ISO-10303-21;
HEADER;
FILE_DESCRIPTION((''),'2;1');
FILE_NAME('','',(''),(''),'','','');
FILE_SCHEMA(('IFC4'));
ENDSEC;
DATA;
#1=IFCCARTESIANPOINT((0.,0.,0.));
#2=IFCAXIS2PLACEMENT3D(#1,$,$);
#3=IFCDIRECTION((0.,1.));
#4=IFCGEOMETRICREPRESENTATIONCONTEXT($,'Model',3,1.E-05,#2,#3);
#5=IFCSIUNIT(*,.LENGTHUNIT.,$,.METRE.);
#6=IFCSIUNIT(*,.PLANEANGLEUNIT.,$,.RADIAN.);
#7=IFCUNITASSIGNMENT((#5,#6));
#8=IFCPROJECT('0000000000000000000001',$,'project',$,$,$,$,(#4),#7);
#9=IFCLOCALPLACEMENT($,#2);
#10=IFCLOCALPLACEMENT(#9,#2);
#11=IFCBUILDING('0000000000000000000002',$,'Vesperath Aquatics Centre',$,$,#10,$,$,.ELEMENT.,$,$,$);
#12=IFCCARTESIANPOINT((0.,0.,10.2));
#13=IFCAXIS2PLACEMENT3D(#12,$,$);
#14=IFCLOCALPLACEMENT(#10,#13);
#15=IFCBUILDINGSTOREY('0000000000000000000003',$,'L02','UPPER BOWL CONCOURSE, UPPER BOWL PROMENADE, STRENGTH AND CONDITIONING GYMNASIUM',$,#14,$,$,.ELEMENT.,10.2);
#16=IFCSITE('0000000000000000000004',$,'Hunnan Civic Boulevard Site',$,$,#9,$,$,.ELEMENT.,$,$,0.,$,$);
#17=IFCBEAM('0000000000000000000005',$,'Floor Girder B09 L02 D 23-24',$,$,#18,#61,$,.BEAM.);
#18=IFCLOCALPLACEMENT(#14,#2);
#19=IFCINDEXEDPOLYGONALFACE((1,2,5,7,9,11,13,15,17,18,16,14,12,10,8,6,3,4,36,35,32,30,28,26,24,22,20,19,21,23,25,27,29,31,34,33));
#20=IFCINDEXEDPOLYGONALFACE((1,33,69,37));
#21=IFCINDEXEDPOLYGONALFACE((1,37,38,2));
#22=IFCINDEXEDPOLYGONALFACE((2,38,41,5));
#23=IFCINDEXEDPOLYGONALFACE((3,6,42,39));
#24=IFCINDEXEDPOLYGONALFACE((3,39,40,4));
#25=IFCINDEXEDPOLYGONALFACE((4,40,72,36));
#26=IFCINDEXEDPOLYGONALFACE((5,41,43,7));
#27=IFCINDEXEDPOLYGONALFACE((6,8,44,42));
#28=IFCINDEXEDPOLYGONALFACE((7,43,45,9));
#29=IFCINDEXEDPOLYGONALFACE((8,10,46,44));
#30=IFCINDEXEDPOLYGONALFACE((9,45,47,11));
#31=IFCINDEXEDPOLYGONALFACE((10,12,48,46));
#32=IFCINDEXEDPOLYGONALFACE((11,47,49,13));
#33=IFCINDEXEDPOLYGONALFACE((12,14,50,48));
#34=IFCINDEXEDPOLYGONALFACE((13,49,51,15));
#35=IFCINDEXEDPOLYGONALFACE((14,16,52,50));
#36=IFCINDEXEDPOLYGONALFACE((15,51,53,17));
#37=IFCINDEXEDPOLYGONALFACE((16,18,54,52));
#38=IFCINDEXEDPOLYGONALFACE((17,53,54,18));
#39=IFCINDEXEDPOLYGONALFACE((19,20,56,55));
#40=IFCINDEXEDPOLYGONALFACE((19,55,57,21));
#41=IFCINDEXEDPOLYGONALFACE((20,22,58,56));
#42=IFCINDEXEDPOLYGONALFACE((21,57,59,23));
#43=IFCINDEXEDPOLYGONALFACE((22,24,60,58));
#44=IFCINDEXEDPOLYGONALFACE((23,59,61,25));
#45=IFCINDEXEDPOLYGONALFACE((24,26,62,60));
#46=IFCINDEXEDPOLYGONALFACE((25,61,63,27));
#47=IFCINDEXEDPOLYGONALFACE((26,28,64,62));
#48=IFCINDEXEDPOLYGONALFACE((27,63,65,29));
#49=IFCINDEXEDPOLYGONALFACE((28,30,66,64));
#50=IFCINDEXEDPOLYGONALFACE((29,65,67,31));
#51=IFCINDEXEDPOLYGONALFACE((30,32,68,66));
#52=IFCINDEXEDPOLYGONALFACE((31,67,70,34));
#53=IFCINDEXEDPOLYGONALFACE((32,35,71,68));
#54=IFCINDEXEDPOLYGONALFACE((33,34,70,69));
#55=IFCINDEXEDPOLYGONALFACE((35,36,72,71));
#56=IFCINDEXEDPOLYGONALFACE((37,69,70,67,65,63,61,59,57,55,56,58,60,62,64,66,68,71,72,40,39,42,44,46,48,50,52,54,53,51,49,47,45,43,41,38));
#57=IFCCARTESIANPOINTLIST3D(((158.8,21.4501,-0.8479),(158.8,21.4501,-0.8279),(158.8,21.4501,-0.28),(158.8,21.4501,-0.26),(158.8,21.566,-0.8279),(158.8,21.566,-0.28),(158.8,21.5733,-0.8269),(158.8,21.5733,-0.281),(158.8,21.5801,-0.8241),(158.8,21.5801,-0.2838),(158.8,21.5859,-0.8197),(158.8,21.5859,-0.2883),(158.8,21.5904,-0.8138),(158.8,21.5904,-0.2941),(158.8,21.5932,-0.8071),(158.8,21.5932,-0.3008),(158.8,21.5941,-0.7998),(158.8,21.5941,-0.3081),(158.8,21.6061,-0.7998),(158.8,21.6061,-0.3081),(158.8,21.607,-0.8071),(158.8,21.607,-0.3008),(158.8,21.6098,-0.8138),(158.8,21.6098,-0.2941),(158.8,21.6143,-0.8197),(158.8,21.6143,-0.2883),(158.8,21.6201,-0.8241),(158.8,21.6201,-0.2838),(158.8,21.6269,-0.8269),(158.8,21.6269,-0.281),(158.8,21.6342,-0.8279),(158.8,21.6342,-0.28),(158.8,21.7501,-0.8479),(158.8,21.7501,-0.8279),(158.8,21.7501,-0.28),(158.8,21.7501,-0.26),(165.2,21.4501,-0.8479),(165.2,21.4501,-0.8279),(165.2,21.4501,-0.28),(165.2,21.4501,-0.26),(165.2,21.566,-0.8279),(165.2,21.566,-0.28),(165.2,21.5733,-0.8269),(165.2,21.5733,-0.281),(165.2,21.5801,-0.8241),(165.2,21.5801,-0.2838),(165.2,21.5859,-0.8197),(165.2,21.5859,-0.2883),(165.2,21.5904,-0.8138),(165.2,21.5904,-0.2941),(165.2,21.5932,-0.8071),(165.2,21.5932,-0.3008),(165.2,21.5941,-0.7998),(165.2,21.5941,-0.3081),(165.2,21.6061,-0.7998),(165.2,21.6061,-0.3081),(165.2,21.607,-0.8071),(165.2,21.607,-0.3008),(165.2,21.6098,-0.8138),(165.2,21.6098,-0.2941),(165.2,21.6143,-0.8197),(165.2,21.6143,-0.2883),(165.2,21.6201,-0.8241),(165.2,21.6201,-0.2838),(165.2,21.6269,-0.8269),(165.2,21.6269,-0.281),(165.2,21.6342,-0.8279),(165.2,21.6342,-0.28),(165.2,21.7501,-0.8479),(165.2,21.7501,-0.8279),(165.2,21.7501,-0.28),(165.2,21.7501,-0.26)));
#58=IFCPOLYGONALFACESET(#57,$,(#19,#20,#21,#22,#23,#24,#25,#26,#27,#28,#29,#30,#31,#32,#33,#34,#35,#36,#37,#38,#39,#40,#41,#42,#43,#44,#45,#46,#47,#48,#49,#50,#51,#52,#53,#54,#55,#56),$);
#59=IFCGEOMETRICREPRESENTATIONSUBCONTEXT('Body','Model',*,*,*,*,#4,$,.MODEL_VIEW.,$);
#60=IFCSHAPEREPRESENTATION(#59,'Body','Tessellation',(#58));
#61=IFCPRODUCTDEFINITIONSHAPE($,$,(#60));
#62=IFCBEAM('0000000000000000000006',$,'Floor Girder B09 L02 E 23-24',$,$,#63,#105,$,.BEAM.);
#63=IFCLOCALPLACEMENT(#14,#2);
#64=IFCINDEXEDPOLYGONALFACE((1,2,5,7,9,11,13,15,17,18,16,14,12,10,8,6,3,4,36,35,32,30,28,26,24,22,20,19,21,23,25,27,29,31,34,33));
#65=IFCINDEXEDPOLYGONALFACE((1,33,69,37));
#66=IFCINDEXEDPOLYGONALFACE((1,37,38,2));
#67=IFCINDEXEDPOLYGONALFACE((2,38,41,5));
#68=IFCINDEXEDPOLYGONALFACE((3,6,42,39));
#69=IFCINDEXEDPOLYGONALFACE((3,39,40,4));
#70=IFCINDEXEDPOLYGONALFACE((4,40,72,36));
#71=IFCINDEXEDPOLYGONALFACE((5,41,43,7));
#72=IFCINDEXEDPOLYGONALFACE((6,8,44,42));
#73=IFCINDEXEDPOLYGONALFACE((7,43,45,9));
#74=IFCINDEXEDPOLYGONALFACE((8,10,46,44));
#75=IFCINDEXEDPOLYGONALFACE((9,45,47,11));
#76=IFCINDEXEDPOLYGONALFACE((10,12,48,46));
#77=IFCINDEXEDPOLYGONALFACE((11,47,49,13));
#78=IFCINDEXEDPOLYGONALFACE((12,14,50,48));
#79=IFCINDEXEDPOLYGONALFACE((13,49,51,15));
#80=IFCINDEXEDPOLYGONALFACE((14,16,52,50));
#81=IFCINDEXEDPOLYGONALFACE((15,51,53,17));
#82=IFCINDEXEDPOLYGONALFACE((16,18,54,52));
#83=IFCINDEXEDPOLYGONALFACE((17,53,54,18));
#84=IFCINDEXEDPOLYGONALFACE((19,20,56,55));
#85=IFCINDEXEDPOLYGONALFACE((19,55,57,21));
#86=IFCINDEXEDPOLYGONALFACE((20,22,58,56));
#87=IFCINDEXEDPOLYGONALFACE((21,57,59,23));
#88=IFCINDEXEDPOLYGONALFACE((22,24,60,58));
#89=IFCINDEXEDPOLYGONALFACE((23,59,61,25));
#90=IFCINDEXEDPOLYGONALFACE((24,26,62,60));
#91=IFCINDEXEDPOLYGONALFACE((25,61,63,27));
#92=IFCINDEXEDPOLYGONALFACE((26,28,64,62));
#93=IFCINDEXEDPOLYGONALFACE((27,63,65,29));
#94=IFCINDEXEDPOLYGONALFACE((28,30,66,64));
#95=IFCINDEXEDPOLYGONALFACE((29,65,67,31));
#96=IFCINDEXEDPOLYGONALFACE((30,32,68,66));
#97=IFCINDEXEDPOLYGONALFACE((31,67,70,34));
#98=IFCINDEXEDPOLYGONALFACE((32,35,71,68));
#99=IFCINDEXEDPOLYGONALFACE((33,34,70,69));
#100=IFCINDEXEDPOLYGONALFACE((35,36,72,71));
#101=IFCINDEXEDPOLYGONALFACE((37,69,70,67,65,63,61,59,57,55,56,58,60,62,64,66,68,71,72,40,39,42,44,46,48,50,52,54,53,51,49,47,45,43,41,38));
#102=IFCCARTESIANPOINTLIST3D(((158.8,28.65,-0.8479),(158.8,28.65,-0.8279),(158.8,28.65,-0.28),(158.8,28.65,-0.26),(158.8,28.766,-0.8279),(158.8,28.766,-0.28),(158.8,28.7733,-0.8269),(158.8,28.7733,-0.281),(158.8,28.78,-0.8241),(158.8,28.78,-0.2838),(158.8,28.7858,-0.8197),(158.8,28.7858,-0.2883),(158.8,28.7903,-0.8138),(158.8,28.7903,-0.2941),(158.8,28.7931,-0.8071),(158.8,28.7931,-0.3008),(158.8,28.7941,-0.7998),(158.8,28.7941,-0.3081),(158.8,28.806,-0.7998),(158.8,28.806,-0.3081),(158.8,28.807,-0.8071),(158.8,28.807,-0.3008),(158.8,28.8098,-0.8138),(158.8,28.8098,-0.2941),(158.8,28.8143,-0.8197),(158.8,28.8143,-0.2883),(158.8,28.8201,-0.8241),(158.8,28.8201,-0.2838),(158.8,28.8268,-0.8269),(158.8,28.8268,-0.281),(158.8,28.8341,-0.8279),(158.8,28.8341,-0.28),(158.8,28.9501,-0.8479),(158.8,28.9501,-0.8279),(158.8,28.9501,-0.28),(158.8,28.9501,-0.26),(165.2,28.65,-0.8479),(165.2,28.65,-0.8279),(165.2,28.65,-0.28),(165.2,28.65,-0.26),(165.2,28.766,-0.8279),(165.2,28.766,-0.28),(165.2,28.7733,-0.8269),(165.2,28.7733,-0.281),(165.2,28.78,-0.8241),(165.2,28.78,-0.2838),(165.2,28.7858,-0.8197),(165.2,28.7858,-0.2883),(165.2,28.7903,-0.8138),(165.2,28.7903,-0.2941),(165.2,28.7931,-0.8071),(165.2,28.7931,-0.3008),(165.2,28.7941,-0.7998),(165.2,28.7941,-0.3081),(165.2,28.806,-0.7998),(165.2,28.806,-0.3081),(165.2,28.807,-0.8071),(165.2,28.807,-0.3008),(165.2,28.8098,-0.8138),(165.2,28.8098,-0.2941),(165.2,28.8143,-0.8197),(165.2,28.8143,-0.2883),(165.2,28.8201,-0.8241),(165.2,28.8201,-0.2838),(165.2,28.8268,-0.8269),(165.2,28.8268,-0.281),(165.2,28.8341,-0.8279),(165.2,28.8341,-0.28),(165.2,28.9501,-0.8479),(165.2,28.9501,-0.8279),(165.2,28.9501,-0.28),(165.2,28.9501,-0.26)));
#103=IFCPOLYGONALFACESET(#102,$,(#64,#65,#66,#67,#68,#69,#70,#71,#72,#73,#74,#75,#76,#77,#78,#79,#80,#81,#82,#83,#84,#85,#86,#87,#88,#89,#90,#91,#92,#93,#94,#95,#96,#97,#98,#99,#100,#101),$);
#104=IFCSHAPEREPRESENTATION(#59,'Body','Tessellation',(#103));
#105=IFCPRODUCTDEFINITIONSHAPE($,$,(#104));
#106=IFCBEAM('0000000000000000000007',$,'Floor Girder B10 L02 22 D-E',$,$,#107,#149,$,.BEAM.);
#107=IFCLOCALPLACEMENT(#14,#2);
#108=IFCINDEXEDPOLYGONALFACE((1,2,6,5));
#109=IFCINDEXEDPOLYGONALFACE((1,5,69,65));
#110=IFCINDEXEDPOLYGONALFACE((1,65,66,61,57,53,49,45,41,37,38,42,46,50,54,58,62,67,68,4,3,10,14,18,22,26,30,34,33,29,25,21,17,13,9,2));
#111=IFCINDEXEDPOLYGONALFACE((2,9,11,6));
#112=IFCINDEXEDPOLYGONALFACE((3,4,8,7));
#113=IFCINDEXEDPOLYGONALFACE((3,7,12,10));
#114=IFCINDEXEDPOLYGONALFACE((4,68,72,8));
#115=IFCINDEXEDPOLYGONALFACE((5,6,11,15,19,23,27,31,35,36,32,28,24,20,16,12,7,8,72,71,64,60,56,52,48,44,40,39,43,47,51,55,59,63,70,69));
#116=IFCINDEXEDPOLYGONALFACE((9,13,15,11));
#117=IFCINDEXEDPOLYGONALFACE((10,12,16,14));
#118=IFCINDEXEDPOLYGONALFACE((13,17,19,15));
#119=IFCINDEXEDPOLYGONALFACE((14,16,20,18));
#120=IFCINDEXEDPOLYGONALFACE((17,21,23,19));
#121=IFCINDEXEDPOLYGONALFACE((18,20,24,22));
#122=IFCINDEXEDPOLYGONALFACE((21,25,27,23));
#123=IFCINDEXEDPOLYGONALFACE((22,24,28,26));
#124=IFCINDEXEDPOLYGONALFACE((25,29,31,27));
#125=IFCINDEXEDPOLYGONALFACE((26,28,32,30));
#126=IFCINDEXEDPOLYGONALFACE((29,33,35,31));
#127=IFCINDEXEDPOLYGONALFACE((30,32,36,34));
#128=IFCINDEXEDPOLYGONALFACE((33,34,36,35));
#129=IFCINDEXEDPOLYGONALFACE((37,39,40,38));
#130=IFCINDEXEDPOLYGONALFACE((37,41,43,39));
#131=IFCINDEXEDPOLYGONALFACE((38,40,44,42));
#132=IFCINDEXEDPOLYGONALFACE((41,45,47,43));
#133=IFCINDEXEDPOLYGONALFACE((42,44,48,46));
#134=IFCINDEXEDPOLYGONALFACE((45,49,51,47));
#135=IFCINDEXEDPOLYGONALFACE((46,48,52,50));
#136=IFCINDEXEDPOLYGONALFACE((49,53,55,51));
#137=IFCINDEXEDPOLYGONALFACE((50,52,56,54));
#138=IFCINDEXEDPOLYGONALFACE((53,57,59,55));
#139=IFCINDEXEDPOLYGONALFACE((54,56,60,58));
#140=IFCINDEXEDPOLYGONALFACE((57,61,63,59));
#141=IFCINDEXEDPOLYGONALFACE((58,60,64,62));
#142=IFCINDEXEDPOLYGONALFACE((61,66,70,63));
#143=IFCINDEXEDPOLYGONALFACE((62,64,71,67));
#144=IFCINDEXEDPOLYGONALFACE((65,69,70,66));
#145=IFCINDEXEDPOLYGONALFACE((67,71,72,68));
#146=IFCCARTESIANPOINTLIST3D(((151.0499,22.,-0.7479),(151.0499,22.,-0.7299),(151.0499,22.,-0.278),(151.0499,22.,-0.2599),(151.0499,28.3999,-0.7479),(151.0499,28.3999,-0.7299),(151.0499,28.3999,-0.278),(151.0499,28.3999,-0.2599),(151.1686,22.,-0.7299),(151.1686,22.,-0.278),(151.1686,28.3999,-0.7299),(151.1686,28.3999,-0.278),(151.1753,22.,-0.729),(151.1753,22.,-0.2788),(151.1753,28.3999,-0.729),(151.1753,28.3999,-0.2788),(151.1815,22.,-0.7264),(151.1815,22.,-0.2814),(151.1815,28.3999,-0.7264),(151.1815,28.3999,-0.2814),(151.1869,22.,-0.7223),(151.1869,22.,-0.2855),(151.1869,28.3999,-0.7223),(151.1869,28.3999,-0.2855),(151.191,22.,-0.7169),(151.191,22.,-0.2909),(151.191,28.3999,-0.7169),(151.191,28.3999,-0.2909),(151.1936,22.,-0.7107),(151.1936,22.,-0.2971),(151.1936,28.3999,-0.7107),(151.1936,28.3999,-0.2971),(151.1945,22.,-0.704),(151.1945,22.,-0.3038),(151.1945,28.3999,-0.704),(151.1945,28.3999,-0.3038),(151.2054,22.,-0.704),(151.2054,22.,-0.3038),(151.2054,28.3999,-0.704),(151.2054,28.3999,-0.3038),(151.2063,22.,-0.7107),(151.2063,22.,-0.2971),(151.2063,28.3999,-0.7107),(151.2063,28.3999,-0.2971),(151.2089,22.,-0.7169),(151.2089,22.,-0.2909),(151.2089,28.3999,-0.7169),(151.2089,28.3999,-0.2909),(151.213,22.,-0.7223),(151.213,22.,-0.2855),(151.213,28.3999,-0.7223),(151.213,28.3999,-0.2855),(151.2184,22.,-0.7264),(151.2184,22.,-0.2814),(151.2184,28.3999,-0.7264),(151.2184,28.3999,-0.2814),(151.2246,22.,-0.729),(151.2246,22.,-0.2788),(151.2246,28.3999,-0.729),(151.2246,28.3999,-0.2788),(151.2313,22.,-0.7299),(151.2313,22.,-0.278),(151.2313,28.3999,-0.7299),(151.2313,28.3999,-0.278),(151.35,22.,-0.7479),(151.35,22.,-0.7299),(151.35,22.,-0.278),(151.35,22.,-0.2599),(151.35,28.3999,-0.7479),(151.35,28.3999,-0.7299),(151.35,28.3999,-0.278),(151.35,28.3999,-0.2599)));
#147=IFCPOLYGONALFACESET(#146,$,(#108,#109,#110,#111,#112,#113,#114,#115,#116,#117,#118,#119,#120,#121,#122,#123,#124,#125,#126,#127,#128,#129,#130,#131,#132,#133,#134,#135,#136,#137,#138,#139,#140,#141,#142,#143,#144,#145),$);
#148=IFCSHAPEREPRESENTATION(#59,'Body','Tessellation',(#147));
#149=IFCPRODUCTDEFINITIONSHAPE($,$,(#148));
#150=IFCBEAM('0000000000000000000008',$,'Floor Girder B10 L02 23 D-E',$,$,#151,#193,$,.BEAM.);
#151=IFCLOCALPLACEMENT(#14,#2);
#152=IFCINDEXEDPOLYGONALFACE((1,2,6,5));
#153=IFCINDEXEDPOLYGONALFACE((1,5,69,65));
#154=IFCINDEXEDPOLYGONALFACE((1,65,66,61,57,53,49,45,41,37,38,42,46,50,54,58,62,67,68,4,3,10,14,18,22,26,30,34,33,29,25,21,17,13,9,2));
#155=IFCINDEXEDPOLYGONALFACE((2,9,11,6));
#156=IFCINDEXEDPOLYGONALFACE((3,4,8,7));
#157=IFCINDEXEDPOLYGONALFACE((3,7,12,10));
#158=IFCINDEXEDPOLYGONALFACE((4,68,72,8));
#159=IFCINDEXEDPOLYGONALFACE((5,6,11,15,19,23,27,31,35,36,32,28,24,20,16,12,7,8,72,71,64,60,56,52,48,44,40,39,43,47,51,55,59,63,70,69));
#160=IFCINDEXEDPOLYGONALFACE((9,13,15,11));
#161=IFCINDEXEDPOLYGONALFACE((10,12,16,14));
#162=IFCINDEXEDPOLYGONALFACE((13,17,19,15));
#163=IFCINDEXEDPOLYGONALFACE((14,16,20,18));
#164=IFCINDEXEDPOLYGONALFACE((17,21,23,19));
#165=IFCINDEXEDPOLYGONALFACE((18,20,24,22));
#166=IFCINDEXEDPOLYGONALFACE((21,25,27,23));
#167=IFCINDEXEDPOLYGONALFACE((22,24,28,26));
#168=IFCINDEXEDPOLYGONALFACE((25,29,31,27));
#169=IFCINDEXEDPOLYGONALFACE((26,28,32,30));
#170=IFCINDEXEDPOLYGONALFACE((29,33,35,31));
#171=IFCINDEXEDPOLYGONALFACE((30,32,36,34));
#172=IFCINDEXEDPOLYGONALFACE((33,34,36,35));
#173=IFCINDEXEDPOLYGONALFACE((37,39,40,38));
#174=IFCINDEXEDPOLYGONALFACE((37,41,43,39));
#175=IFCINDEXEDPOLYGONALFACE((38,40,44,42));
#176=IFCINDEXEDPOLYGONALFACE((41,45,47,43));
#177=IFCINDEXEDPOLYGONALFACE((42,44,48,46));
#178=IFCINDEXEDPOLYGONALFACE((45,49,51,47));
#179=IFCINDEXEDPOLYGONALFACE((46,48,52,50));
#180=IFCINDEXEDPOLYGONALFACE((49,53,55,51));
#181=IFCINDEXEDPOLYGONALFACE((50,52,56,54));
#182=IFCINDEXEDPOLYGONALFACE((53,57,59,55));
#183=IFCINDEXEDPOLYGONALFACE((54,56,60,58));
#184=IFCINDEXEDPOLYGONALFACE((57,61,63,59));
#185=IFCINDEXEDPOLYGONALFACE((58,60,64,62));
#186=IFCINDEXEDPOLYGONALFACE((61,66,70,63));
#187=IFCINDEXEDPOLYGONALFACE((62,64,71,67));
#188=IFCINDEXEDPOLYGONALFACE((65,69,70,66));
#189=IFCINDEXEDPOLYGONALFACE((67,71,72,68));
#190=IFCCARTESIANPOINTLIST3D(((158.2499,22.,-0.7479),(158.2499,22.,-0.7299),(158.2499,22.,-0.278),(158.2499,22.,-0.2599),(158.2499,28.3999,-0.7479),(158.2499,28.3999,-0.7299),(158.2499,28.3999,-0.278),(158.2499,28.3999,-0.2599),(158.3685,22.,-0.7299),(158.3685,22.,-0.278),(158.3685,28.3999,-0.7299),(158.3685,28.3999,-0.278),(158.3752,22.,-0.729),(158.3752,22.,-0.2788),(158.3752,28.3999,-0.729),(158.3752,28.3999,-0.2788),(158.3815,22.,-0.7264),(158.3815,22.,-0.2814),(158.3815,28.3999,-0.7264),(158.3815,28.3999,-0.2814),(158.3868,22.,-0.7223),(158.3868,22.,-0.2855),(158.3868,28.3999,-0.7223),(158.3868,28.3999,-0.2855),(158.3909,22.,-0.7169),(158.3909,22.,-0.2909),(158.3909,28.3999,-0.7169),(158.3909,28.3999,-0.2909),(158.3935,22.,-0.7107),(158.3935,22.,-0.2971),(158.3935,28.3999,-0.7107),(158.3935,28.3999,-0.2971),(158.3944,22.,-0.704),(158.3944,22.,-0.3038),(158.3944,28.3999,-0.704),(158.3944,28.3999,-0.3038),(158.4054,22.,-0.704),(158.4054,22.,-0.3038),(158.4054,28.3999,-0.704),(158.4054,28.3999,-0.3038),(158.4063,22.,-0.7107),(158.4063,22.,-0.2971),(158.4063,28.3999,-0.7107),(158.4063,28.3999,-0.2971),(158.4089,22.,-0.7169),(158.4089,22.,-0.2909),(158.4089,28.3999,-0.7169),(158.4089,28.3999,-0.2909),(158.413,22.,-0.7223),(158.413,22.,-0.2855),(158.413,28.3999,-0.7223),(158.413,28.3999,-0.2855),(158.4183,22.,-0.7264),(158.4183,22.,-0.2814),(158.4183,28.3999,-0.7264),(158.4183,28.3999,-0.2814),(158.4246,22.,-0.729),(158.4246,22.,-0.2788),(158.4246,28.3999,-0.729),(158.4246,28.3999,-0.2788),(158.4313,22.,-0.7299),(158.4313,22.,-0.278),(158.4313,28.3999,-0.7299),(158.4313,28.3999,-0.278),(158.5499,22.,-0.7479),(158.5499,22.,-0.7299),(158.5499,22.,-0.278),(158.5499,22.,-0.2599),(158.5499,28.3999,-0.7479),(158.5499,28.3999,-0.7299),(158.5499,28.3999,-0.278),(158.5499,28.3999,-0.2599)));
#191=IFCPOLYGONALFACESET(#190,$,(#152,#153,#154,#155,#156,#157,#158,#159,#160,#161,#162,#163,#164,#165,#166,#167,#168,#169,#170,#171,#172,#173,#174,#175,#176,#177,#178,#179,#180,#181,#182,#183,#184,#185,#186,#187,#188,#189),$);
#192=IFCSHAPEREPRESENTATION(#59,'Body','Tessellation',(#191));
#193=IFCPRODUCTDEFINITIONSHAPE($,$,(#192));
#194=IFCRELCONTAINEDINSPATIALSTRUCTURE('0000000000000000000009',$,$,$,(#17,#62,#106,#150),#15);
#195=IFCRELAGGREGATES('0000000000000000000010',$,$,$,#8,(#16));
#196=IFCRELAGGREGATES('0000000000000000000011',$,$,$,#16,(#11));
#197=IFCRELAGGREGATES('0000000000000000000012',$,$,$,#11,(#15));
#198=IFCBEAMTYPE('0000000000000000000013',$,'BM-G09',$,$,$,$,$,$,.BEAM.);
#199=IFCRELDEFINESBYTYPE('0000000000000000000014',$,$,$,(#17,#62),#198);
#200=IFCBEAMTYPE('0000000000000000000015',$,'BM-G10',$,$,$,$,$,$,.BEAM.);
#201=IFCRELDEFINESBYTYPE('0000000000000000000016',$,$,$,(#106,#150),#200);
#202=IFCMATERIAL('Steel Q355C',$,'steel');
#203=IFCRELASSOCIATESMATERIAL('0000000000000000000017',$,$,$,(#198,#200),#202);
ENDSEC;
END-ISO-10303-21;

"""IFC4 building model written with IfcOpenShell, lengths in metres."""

from ifc_helpers import new_model, si_unit, direction, frame, origin, origin_2d, place, context, subcontext, project, spatial, i_section, extrude, material, material_profile, profile_set, type_object, element, save


model = new_model("IFC4")

# Units and contexts
model_context = context("Model", 3, precision=1e-05, world=origin(), true_north=direction((0.0, 1.0)))
body_context = subcontext(model_context, "Body", "Model", "MODEL_VIEW")
ifc_project = project(units=[si_unit("LENGTHUNIT", "METRE"), si_unit("PLANEANGLEUNIT", "RADIAN")], contexts=[model_context])

# Site, building, storey
site_placement = place(None, origin())
site = spatial("IfcSite", under=ifc_project, at=site_placement, Name="Hunnan Civic Boulevard Site", CompositionType="ELEMENT", RefElevation=0.0)
building_placement = place(site_placement, origin())
building = spatial("IfcBuilding", under=site, at=building_placement, Name="Vesperath Aquatics Centre", CompositionType="ELEMENT")
storey_placement = place(building_placement, frame((0.0, 0.0, 10.2)))
storey = spatial("IfcBuildingStorey", under=building, at=storey_placement, Name="L02", Description="UPPER BOWL CONCOURSE, UPPER BOWL PROMENADE, STRENGTH AND CONDITIONING GYMNASIUM", CompositionType="ELEMENT", Elevation=10.2)

# Beams
ifc_material_1 = material(Name="Steel Q355C", Category="steel")
ifc_material_profile_1 = material_profile(ifc_material_1, i_section(OverallWidth=0.3, OverallDepth=0.5879, WebThickness=0.012, FlangeThickness=0.02, FilletRadius=0.0281, at=origin_2d()), Name="HM 588x300x12x20")
ifc_profile_set_1 = profile_set([ifc_material_profile_1], Name="Steel Q355C")
beam_type_1 = type_object("IfcBeamType", Name="BM-G09", PredefinedType="BEAM", material=ifc_profile_set_1)
for number, where, z_axis, x_axis, name in (
    (1, (158.8, 21.6001, -0.554), (1.0, 0.0, 0.0), (0.0, 1.0, 0.0), "Floor Girder B09 L02 D 23-24"),
    (2, (158.8, 28.8, -0.554), (1.0, 0.0, 0.0), (0.0, 1.0, 0.0), "Floor Girder B09 L02 E 23-24"),
):
    element("IfcBeam", number, at=place(storey_placement, frame(where, z_axis=z_axis, x_axis=x_axis)), inside=storey, type_object=beam_type_1, Name=name, PredefinedType="BEAM", context=body_context, shape_type="SweptSolid", body=[
        extrude(i_section(OverallWidth=0.3, OverallDepth=0.5879, WebThickness=0.012, FlangeThickness=0.02, FilletRadius=0.0281, at=origin_2d()), origin(), (0.0, 0.0, 1.0), 6.3999),
    ])
ifc_material_profile_2 = material_profile(ifc_material_1, i_section(OverallWidth=0.3, OverallDepth=0.488, WebThickness=0.011, FlangeThickness=0.0181, FilletRadius=0.0259, at=origin_2d()), Name="HM 488x300x11x18")
ifc_profile_set_2 = profile_set([ifc_material_profile_2], Name="Steel Q355C")
beam_type_2 = type_object("IfcBeamType", Name="BM-G10", PredefinedType="BEAM", material=ifc_profile_set_2)
for number, where, z_axis, x_axis, name in (
    (3, (151.2, 22.0, -0.5039), (0.0, 1.0, 0.0), (-1.0, 0.0, 0.0), "Floor Girder B10 L02 22 D-E"),
    (4, (158.3999, 22.0, -0.5039), (0.0, 1.0, 0.0), (-1.0, 0.0, 0.0), "Floor Girder B10 L02 23 D-E"),
):
    element("IfcBeam", number, at=place(storey_placement, frame(where, z_axis=z_axis, x_axis=x_axis)), inside=storey, type_object=beam_type_2, Name=name, PredefinedType="BEAM", context=body_context, shape_type="SweptSolid", body=[
        extrude(i_section(OverallWidth=0.3, OverallDepth=0.488, WebThickness=0.011, FlangeThickness=0.0181, FilletRadius=0.0259, at=origin_2d()), origin(), (0.0, 0.0, 1.0), 6.3999),
    ])

save(model, "model.ifc")
